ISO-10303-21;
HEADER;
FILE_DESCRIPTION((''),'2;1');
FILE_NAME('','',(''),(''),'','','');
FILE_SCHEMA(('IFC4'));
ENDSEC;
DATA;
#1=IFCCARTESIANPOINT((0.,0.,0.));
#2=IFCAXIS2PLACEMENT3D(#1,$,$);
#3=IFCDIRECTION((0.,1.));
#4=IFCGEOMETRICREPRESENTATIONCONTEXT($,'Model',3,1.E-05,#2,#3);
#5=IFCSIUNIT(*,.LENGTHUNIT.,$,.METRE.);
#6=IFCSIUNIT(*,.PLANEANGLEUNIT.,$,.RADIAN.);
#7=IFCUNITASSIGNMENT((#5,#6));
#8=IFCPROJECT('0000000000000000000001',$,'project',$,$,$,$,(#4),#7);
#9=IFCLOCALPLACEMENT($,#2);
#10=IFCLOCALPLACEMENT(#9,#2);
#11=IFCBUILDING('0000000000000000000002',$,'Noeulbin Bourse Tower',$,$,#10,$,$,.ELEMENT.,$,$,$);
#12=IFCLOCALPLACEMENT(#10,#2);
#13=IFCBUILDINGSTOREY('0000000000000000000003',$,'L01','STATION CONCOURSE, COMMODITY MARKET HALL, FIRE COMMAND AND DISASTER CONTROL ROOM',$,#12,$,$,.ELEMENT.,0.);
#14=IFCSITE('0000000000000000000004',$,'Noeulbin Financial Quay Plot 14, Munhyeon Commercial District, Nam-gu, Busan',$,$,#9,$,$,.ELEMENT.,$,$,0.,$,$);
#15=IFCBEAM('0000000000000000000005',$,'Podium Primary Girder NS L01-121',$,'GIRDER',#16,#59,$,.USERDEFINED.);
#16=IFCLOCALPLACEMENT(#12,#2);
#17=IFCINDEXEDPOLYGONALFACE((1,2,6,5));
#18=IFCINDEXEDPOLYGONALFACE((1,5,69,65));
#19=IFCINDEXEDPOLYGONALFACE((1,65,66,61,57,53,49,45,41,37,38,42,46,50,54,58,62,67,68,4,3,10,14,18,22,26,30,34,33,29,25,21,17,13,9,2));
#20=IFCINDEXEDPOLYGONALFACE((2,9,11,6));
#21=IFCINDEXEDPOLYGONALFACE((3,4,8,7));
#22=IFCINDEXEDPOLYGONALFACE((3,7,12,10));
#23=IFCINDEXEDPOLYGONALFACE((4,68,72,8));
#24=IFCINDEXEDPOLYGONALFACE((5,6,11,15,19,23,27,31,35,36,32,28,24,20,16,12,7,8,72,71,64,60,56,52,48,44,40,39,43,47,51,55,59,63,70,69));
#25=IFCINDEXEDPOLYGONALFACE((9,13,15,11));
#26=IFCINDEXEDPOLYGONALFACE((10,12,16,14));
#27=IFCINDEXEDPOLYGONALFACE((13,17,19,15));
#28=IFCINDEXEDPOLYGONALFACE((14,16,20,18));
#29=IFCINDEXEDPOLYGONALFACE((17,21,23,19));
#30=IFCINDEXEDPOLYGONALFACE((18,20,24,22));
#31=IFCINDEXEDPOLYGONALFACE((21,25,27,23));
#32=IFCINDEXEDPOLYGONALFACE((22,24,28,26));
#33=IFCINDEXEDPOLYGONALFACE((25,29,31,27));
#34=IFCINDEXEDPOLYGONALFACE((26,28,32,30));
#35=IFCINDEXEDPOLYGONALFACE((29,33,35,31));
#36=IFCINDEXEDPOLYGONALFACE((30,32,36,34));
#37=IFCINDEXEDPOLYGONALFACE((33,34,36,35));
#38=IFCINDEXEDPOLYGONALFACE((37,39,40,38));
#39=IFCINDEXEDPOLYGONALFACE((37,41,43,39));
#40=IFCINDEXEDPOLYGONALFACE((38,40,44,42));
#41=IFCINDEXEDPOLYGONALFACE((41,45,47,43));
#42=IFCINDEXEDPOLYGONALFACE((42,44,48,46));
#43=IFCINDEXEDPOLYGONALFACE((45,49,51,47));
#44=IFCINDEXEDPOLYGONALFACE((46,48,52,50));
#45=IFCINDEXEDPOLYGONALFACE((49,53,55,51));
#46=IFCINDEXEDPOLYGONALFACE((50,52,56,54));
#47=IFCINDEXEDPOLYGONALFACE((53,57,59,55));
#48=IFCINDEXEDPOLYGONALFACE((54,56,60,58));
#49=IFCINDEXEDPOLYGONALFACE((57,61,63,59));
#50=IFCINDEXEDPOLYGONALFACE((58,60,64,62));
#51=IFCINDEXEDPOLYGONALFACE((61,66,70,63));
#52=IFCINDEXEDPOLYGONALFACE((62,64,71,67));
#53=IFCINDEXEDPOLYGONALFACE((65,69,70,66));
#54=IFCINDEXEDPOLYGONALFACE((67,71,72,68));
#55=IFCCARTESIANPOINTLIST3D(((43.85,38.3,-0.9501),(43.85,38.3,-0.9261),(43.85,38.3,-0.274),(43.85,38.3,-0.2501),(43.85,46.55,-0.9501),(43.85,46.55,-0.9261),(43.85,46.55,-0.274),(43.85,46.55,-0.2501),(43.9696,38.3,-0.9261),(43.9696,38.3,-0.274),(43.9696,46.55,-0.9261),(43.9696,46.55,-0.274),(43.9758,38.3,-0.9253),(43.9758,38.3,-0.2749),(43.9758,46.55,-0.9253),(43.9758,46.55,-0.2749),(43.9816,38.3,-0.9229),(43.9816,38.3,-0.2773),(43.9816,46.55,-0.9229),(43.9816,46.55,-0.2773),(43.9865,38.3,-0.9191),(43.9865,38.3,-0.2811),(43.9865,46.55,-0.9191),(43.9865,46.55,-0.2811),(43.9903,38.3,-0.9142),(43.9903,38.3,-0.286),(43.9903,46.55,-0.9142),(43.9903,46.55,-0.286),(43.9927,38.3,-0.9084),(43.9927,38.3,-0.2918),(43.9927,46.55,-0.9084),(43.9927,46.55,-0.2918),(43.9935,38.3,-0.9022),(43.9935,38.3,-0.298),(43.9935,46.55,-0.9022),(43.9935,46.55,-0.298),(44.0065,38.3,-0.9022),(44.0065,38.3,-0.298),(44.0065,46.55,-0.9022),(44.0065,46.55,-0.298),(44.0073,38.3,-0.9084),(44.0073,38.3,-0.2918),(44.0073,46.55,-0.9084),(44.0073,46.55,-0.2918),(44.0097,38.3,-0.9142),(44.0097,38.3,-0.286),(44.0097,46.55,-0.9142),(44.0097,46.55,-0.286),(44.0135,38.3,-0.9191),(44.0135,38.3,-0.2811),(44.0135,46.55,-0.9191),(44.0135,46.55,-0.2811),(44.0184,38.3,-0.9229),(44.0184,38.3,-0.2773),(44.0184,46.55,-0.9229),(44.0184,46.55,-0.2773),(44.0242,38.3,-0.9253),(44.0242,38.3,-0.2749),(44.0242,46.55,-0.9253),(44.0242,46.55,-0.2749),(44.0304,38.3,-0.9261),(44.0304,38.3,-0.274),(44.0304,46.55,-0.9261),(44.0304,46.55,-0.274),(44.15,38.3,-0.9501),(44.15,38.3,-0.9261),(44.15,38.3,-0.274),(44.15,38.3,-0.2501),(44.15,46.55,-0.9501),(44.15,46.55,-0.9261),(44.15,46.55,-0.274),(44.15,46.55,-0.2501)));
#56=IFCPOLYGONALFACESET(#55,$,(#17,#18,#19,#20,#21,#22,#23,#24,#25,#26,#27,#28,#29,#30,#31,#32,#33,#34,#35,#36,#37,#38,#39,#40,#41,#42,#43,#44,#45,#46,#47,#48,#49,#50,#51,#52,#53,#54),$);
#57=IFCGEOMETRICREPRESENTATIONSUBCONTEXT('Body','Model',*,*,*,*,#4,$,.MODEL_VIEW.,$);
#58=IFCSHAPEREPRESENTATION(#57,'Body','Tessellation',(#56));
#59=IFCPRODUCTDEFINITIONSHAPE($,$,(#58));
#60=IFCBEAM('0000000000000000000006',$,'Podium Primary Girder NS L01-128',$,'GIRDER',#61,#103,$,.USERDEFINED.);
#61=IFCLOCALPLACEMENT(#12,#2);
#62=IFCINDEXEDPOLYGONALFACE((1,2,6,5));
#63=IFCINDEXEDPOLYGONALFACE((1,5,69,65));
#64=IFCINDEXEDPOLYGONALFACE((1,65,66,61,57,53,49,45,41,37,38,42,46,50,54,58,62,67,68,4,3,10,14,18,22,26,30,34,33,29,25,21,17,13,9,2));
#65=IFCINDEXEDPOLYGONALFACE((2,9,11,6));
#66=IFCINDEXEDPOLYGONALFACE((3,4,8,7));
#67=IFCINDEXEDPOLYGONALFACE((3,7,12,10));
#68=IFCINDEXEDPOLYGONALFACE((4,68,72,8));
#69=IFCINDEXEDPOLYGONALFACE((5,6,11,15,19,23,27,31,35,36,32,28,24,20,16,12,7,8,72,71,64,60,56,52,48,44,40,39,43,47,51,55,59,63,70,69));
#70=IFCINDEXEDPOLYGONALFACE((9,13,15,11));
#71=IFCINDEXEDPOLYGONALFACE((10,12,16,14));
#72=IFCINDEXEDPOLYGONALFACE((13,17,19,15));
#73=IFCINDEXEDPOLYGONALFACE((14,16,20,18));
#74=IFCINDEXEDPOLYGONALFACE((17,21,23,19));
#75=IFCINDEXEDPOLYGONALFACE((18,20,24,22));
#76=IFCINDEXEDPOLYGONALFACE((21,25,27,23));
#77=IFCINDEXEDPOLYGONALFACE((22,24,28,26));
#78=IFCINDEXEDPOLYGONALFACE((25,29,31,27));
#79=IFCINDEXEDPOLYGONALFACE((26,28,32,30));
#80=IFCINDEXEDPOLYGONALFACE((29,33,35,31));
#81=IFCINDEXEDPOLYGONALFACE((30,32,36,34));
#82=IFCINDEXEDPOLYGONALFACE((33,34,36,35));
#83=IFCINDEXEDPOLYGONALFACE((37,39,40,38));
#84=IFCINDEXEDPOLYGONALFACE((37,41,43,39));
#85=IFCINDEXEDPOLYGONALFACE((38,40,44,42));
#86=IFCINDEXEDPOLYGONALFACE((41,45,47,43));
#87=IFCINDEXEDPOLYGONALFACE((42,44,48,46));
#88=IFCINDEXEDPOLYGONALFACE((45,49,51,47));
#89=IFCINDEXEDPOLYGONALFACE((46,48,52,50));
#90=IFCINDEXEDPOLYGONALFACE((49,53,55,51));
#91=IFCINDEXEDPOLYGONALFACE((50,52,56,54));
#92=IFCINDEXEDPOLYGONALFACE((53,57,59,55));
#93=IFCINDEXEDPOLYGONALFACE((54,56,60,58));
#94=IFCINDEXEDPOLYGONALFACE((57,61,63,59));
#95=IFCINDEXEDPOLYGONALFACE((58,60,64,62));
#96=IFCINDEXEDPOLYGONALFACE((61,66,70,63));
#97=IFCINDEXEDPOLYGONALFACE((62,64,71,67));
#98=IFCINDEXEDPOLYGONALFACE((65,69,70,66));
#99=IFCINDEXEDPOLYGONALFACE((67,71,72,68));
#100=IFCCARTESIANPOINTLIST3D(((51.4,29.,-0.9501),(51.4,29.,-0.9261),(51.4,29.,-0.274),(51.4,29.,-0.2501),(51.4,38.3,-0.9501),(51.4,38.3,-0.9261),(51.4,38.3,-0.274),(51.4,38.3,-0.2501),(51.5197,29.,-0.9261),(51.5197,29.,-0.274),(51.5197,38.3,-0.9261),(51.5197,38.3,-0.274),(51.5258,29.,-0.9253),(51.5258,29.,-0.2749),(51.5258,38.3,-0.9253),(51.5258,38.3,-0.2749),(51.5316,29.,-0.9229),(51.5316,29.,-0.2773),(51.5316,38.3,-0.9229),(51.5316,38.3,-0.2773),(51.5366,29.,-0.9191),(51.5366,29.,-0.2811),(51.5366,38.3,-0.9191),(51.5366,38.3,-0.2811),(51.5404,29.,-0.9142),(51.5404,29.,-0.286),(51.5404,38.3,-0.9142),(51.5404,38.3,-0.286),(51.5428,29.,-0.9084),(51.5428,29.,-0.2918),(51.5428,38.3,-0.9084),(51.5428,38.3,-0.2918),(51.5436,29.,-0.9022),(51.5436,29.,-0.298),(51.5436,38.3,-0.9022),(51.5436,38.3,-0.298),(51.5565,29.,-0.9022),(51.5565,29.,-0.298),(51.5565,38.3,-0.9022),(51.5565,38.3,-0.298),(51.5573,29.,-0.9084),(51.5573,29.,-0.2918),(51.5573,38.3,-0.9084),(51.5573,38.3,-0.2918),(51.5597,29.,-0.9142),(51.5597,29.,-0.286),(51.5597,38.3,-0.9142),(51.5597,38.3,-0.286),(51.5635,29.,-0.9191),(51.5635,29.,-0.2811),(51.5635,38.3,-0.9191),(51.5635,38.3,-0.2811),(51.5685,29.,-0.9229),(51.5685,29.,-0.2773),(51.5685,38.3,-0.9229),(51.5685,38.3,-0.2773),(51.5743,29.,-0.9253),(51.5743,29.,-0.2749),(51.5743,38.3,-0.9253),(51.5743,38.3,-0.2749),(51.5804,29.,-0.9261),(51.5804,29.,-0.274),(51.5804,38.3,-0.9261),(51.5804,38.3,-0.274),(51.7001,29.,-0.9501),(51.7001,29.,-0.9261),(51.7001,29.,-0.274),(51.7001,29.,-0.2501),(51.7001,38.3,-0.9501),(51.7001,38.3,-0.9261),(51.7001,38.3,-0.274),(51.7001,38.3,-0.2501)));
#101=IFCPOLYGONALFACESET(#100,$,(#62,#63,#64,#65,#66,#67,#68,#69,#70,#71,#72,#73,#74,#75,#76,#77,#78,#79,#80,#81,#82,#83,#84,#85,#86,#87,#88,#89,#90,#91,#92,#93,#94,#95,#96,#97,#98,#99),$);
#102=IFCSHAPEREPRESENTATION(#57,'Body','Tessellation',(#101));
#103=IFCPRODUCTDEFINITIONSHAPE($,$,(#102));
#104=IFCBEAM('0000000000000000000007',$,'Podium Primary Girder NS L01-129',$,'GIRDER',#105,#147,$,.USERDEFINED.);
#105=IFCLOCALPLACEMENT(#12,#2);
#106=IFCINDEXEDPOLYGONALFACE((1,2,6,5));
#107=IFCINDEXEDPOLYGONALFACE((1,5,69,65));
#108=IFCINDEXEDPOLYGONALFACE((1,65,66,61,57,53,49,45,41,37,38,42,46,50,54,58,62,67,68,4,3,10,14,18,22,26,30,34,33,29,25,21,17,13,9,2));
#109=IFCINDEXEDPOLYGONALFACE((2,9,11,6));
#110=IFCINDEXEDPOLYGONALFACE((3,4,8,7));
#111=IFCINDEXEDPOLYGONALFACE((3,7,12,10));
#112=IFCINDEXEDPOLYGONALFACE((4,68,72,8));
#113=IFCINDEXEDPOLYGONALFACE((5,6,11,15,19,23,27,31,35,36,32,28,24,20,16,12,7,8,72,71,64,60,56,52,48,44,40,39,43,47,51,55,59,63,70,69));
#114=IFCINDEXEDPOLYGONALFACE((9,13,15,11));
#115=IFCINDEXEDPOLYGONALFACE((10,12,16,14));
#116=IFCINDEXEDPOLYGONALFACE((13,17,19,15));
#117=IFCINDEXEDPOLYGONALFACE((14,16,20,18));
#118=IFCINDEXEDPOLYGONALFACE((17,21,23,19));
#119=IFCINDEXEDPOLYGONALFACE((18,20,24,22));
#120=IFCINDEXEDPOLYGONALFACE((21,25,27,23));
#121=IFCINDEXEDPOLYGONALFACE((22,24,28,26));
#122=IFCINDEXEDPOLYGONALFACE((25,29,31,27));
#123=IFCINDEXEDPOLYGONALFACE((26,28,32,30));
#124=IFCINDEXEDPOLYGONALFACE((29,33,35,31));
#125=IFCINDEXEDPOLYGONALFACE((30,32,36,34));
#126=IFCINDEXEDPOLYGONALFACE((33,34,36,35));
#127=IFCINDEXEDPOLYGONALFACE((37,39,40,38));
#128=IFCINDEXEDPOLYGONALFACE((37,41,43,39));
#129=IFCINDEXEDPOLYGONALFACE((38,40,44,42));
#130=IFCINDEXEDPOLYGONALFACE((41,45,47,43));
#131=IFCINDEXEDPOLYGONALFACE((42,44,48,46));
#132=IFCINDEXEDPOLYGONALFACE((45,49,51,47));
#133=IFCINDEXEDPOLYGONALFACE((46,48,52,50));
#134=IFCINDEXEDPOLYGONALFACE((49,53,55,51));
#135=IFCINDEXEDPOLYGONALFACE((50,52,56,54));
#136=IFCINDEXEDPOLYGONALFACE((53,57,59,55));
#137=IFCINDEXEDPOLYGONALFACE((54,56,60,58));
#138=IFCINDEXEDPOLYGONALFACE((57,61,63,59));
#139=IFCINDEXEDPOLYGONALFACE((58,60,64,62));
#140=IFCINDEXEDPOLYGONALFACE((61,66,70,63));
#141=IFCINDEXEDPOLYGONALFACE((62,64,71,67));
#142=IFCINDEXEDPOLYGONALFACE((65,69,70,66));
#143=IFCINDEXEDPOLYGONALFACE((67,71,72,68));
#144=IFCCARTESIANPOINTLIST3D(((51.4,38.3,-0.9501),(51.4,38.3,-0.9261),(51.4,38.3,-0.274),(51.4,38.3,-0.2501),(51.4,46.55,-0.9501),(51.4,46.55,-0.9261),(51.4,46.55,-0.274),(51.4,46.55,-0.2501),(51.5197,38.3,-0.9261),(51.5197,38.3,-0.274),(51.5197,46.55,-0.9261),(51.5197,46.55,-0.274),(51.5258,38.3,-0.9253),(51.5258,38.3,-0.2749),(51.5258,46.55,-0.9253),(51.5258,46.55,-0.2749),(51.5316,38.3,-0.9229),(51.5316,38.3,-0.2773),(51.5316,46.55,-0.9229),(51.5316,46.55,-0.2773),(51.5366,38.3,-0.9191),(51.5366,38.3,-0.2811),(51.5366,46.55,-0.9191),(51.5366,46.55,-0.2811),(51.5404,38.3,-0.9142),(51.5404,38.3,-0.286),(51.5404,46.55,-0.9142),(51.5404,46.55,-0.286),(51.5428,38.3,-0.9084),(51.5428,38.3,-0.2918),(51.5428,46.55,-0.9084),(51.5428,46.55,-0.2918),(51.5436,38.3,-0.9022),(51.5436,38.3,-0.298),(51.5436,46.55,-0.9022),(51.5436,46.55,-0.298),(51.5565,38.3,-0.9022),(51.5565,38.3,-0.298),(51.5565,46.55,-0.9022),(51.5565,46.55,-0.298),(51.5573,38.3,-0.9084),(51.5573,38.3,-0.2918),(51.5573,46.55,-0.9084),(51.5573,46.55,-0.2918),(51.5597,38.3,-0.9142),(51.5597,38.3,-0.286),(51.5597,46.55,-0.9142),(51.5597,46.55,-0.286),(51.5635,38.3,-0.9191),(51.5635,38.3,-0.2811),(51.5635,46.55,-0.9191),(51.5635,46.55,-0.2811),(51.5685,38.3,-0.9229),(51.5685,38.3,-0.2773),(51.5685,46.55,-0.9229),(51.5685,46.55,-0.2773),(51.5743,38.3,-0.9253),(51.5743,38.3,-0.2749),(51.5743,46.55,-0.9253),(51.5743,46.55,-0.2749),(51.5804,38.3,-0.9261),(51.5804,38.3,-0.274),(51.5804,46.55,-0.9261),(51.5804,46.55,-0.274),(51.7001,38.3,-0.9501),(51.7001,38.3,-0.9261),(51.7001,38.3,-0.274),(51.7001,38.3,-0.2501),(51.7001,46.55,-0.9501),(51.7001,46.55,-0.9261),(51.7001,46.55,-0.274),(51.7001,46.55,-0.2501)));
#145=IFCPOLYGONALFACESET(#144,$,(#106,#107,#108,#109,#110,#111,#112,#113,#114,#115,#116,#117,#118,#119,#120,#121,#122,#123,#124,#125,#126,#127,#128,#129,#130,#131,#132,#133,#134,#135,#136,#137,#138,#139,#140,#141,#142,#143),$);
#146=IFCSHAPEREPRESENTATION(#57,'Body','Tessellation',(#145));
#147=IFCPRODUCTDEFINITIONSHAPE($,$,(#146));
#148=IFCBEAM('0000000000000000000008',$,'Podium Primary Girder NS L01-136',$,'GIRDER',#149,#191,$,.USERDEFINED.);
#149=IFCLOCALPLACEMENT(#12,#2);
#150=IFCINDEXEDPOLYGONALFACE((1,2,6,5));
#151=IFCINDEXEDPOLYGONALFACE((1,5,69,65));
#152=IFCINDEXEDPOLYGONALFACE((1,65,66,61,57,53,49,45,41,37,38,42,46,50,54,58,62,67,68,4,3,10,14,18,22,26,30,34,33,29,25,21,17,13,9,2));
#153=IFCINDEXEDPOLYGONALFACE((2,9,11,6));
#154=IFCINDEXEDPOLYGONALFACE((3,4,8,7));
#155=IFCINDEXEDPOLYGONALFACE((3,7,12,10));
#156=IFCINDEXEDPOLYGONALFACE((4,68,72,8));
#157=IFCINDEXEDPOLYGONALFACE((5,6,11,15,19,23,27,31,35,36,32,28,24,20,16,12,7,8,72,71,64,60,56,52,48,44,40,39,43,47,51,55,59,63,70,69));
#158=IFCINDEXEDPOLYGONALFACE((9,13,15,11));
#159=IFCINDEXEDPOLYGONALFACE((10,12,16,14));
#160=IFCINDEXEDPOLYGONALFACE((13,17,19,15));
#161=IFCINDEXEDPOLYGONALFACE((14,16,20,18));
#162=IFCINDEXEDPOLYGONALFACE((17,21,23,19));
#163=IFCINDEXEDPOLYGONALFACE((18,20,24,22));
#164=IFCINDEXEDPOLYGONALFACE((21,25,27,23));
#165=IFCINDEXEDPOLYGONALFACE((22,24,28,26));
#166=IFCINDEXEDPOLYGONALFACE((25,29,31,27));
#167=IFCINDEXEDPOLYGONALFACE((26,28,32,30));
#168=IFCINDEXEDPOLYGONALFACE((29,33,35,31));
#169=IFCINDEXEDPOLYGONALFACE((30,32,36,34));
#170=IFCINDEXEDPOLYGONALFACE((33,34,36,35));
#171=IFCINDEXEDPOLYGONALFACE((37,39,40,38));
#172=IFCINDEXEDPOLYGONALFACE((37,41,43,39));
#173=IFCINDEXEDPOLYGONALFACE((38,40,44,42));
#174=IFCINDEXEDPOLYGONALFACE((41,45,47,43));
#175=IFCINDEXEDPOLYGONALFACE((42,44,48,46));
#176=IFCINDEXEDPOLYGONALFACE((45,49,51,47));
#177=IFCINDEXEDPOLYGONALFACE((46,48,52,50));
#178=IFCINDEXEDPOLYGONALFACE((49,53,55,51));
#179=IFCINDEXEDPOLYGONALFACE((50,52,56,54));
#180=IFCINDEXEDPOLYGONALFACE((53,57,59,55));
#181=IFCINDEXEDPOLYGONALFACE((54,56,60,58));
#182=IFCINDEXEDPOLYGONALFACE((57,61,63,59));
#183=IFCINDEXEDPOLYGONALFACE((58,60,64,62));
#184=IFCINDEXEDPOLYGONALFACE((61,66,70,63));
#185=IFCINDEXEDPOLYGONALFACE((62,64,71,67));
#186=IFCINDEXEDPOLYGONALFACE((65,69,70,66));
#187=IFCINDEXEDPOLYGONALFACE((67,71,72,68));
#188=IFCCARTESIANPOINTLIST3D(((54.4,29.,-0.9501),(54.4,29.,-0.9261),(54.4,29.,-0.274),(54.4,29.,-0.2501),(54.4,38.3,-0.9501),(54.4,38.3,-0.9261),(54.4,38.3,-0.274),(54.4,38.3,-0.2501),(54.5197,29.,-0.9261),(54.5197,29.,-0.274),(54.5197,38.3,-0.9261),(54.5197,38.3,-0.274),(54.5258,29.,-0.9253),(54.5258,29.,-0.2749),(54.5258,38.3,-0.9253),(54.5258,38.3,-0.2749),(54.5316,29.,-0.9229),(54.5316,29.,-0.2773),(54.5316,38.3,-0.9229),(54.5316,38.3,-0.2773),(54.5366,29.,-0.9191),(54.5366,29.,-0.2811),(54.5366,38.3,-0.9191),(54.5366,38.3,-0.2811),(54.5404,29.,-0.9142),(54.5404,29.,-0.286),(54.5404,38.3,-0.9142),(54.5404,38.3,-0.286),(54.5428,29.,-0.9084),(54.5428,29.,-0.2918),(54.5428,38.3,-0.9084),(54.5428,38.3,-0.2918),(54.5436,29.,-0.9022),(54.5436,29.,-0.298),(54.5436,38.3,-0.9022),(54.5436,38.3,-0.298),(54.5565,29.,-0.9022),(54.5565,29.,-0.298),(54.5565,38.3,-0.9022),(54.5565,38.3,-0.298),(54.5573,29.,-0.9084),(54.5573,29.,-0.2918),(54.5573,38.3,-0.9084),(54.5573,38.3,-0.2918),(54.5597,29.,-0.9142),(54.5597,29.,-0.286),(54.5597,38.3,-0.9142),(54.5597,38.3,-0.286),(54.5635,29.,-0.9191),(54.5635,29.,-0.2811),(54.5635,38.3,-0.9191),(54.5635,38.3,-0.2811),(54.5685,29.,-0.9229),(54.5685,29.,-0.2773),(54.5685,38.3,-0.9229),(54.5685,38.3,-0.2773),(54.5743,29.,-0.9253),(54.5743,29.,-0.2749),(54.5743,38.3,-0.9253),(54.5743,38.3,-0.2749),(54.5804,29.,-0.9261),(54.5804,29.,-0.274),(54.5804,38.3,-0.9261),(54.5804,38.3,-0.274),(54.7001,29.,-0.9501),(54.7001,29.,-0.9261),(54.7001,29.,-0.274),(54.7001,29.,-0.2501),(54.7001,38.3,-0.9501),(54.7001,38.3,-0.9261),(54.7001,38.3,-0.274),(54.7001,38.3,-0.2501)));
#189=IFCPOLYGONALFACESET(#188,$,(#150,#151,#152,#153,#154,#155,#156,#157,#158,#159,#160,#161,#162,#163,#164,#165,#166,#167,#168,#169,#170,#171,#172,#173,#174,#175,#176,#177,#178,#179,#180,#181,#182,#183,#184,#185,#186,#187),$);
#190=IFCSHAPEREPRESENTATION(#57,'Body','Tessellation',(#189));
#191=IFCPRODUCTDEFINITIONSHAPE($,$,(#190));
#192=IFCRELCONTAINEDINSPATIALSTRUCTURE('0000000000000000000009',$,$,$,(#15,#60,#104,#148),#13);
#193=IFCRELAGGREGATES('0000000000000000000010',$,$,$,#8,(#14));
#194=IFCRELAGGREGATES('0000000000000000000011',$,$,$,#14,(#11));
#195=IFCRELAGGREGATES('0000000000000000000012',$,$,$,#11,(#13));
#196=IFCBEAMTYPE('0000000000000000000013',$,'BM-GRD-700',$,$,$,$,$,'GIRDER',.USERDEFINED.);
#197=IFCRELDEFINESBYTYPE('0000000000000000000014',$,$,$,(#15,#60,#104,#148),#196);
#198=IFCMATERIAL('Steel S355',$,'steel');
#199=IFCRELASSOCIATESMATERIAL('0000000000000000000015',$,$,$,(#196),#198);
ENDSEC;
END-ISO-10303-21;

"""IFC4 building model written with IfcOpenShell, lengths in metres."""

from ifc_helpers import new_model, si_unit, direction, frame, origin, origin_2d, place, context, subcontext, project, spatial, i_section, extrude, material, material_profile, profile_set, type_object, element, save


model = new_model("IFC4")

# Units and contexts
model_context = context("Model", 3, precision=1e-05, world=origin(), true_north=direction((0.0, 1.0)))
body_context = subcontext(model_context, "Body", "Model", "MODEL_VIEW")
ifc_project = project(units=[si_unit("LENGTHUNIT", "METRE"), si_unit("PLANEANGLEUNIT", "RADIAN")], contexts=[model_context])

# Site, building, storey
site_placement = place(None, origin())
site = spatial("IfcSite", under=ifc_project, at=site_placement, Name="Noeulbin Financial Quay Plot 14, Munhyeon Commercial District, Nam-gu, Busan", CompositionType="ELEMENT", RefElevation=0.0)
building_placement = place(site_placement, origin())
building = spatial("IfcBuilding", under=site, at=building_placement, Name="Noeulbin Bourse Tower", CompositionType="ELEMENT")
storey_placement = place(building_placement, origin())
storey = spatial("IfcBuildingStorey", under=building, at=storey_placement, Name="L01", Description="STATION CONCOURSE, COMMODITY MARKET HALL, FIRE COMMAND AND DISASTER CONTROL ROOM", CompositionType="ELEMENT", Elevation=0.0)

# Beams
ifc_material_1 = material(Name="Steel S355", Category="steel")
ifc_material_profile_1 = material_profile(ifc_material_1, i_section(OverallWidth=0.3, OverallDepth=0.7, WebThickness=0.0129, FlangeThickness=0.0239, FilletRadius=0.0239, at=origin_2d()), Name="H-700x300x13x24", Category="LoadBearing")
ifc_profile_set_1 = profile_set([ifc_material_profile_1], Name="Steel S355")
beam_type_1 = type_object("IfcBeamType", Name="BM-GRD-700", ElementType="GIRDER", PredefinedType="USERDEFINED", material=ifc_profile_set_1)
beam_1_placement = place(storey_placement, frame((44.0, 38.3, -0.6001), z_axis=(0.0, 1.0, 0.0), x_axis=(-1.0, 0.0, 0.0)))
element("IfcBeam", 1, at=beam_1_placement, inside=storey, type_object=beam_type_1, Name="Podium Primary Girder NS L01-121", ObjectType="GIRDER", PredefinedType="USERDEFINED", context=body_context, shape_type="SweptSolid", body=[
    extrude(i_section(OverallWidth=0.3, OverallDepth=0.7, WebThickness=0.0129, FlangeThickness=0.0239, FilletRadius=0.0239, at=origin_2d()), origin(), (0.0, 0.0, 1.0), 8.25),
])
beam_2_placement = place(storey_placement, frame((51.55, 29.0, -0.6001), z_axis=(0.0, 1.0, 0.0), x_axis=(-1.0, 0.0, 0.0)))
element("IfcBeam", 2, at=beam_2_placement, inside=storey, type_object=beam_type_1, Name="Podium Primary Girder NS L01-128", ObjectType="GIRDER", PredefinedType="USERDEFINED", context=body_context, shape_type="SweptSolid", body=[
    extrude(i_section(OverallWidth=0.3, OverallDepth=0.7, WebThickness=0.0129, FlangeThickness=0.0239, FilletRadius=0.0239, at=origin_2d()), origin(), (0.0, 0.0, 1.0), 9.3),
])
beam_3_placement = place(storey_placement, frame((51.55, 38.3, -0.6001), z_axis=(0.0, 1.0, 0.0), x_axis=(-1.0, 0.0, 0.0)))
element("IfcBeam", 3, at=beam_3_placement, inside=storey, type_object=beam_type_1, Name="Podium Primary Girder NS L01-129", ObjectType="GIRDER", PredefinedType="USERDEFINED", context=body_context, shape_type="SweptSolid", body=[
    extrude(i_section(OverallWidth=0.3, OverallDepth=0.7, WebThickness=0.0129, FlangeThickness=0.0239, FilletRadius=0.0239, at=origin_2d()), origin(), (0.0, 0.0, 1.0), 8.25),
])
beam_4_placement = place(storey_placement, frame((54.55, 29.0, -0.6001), z_axis=(0.0, 1.0, 0.0), x_axis=(-1.0, 0.0, 0.0)))
element("IfcBeam", 4, at=beam_4_placement, inside=storey, type_object=beam_type_1, Name="Podium Primary Girder NS L01-136", ObjectType="GIRDER", PredefinedType="USERDEFINED", context=body_context, shape_type="SweptSolid", body=[
    extrude(i_section(OverallWidth=0.3, OverallDepth=0.7, WebThickness=0.0129, FlangeThickness=0.0239, FilletRadius=0.0239, at=origin_2d()), origin(), (0.0, 0.0, 1.0), 9.3),
])

save(model, "model.ifc")
